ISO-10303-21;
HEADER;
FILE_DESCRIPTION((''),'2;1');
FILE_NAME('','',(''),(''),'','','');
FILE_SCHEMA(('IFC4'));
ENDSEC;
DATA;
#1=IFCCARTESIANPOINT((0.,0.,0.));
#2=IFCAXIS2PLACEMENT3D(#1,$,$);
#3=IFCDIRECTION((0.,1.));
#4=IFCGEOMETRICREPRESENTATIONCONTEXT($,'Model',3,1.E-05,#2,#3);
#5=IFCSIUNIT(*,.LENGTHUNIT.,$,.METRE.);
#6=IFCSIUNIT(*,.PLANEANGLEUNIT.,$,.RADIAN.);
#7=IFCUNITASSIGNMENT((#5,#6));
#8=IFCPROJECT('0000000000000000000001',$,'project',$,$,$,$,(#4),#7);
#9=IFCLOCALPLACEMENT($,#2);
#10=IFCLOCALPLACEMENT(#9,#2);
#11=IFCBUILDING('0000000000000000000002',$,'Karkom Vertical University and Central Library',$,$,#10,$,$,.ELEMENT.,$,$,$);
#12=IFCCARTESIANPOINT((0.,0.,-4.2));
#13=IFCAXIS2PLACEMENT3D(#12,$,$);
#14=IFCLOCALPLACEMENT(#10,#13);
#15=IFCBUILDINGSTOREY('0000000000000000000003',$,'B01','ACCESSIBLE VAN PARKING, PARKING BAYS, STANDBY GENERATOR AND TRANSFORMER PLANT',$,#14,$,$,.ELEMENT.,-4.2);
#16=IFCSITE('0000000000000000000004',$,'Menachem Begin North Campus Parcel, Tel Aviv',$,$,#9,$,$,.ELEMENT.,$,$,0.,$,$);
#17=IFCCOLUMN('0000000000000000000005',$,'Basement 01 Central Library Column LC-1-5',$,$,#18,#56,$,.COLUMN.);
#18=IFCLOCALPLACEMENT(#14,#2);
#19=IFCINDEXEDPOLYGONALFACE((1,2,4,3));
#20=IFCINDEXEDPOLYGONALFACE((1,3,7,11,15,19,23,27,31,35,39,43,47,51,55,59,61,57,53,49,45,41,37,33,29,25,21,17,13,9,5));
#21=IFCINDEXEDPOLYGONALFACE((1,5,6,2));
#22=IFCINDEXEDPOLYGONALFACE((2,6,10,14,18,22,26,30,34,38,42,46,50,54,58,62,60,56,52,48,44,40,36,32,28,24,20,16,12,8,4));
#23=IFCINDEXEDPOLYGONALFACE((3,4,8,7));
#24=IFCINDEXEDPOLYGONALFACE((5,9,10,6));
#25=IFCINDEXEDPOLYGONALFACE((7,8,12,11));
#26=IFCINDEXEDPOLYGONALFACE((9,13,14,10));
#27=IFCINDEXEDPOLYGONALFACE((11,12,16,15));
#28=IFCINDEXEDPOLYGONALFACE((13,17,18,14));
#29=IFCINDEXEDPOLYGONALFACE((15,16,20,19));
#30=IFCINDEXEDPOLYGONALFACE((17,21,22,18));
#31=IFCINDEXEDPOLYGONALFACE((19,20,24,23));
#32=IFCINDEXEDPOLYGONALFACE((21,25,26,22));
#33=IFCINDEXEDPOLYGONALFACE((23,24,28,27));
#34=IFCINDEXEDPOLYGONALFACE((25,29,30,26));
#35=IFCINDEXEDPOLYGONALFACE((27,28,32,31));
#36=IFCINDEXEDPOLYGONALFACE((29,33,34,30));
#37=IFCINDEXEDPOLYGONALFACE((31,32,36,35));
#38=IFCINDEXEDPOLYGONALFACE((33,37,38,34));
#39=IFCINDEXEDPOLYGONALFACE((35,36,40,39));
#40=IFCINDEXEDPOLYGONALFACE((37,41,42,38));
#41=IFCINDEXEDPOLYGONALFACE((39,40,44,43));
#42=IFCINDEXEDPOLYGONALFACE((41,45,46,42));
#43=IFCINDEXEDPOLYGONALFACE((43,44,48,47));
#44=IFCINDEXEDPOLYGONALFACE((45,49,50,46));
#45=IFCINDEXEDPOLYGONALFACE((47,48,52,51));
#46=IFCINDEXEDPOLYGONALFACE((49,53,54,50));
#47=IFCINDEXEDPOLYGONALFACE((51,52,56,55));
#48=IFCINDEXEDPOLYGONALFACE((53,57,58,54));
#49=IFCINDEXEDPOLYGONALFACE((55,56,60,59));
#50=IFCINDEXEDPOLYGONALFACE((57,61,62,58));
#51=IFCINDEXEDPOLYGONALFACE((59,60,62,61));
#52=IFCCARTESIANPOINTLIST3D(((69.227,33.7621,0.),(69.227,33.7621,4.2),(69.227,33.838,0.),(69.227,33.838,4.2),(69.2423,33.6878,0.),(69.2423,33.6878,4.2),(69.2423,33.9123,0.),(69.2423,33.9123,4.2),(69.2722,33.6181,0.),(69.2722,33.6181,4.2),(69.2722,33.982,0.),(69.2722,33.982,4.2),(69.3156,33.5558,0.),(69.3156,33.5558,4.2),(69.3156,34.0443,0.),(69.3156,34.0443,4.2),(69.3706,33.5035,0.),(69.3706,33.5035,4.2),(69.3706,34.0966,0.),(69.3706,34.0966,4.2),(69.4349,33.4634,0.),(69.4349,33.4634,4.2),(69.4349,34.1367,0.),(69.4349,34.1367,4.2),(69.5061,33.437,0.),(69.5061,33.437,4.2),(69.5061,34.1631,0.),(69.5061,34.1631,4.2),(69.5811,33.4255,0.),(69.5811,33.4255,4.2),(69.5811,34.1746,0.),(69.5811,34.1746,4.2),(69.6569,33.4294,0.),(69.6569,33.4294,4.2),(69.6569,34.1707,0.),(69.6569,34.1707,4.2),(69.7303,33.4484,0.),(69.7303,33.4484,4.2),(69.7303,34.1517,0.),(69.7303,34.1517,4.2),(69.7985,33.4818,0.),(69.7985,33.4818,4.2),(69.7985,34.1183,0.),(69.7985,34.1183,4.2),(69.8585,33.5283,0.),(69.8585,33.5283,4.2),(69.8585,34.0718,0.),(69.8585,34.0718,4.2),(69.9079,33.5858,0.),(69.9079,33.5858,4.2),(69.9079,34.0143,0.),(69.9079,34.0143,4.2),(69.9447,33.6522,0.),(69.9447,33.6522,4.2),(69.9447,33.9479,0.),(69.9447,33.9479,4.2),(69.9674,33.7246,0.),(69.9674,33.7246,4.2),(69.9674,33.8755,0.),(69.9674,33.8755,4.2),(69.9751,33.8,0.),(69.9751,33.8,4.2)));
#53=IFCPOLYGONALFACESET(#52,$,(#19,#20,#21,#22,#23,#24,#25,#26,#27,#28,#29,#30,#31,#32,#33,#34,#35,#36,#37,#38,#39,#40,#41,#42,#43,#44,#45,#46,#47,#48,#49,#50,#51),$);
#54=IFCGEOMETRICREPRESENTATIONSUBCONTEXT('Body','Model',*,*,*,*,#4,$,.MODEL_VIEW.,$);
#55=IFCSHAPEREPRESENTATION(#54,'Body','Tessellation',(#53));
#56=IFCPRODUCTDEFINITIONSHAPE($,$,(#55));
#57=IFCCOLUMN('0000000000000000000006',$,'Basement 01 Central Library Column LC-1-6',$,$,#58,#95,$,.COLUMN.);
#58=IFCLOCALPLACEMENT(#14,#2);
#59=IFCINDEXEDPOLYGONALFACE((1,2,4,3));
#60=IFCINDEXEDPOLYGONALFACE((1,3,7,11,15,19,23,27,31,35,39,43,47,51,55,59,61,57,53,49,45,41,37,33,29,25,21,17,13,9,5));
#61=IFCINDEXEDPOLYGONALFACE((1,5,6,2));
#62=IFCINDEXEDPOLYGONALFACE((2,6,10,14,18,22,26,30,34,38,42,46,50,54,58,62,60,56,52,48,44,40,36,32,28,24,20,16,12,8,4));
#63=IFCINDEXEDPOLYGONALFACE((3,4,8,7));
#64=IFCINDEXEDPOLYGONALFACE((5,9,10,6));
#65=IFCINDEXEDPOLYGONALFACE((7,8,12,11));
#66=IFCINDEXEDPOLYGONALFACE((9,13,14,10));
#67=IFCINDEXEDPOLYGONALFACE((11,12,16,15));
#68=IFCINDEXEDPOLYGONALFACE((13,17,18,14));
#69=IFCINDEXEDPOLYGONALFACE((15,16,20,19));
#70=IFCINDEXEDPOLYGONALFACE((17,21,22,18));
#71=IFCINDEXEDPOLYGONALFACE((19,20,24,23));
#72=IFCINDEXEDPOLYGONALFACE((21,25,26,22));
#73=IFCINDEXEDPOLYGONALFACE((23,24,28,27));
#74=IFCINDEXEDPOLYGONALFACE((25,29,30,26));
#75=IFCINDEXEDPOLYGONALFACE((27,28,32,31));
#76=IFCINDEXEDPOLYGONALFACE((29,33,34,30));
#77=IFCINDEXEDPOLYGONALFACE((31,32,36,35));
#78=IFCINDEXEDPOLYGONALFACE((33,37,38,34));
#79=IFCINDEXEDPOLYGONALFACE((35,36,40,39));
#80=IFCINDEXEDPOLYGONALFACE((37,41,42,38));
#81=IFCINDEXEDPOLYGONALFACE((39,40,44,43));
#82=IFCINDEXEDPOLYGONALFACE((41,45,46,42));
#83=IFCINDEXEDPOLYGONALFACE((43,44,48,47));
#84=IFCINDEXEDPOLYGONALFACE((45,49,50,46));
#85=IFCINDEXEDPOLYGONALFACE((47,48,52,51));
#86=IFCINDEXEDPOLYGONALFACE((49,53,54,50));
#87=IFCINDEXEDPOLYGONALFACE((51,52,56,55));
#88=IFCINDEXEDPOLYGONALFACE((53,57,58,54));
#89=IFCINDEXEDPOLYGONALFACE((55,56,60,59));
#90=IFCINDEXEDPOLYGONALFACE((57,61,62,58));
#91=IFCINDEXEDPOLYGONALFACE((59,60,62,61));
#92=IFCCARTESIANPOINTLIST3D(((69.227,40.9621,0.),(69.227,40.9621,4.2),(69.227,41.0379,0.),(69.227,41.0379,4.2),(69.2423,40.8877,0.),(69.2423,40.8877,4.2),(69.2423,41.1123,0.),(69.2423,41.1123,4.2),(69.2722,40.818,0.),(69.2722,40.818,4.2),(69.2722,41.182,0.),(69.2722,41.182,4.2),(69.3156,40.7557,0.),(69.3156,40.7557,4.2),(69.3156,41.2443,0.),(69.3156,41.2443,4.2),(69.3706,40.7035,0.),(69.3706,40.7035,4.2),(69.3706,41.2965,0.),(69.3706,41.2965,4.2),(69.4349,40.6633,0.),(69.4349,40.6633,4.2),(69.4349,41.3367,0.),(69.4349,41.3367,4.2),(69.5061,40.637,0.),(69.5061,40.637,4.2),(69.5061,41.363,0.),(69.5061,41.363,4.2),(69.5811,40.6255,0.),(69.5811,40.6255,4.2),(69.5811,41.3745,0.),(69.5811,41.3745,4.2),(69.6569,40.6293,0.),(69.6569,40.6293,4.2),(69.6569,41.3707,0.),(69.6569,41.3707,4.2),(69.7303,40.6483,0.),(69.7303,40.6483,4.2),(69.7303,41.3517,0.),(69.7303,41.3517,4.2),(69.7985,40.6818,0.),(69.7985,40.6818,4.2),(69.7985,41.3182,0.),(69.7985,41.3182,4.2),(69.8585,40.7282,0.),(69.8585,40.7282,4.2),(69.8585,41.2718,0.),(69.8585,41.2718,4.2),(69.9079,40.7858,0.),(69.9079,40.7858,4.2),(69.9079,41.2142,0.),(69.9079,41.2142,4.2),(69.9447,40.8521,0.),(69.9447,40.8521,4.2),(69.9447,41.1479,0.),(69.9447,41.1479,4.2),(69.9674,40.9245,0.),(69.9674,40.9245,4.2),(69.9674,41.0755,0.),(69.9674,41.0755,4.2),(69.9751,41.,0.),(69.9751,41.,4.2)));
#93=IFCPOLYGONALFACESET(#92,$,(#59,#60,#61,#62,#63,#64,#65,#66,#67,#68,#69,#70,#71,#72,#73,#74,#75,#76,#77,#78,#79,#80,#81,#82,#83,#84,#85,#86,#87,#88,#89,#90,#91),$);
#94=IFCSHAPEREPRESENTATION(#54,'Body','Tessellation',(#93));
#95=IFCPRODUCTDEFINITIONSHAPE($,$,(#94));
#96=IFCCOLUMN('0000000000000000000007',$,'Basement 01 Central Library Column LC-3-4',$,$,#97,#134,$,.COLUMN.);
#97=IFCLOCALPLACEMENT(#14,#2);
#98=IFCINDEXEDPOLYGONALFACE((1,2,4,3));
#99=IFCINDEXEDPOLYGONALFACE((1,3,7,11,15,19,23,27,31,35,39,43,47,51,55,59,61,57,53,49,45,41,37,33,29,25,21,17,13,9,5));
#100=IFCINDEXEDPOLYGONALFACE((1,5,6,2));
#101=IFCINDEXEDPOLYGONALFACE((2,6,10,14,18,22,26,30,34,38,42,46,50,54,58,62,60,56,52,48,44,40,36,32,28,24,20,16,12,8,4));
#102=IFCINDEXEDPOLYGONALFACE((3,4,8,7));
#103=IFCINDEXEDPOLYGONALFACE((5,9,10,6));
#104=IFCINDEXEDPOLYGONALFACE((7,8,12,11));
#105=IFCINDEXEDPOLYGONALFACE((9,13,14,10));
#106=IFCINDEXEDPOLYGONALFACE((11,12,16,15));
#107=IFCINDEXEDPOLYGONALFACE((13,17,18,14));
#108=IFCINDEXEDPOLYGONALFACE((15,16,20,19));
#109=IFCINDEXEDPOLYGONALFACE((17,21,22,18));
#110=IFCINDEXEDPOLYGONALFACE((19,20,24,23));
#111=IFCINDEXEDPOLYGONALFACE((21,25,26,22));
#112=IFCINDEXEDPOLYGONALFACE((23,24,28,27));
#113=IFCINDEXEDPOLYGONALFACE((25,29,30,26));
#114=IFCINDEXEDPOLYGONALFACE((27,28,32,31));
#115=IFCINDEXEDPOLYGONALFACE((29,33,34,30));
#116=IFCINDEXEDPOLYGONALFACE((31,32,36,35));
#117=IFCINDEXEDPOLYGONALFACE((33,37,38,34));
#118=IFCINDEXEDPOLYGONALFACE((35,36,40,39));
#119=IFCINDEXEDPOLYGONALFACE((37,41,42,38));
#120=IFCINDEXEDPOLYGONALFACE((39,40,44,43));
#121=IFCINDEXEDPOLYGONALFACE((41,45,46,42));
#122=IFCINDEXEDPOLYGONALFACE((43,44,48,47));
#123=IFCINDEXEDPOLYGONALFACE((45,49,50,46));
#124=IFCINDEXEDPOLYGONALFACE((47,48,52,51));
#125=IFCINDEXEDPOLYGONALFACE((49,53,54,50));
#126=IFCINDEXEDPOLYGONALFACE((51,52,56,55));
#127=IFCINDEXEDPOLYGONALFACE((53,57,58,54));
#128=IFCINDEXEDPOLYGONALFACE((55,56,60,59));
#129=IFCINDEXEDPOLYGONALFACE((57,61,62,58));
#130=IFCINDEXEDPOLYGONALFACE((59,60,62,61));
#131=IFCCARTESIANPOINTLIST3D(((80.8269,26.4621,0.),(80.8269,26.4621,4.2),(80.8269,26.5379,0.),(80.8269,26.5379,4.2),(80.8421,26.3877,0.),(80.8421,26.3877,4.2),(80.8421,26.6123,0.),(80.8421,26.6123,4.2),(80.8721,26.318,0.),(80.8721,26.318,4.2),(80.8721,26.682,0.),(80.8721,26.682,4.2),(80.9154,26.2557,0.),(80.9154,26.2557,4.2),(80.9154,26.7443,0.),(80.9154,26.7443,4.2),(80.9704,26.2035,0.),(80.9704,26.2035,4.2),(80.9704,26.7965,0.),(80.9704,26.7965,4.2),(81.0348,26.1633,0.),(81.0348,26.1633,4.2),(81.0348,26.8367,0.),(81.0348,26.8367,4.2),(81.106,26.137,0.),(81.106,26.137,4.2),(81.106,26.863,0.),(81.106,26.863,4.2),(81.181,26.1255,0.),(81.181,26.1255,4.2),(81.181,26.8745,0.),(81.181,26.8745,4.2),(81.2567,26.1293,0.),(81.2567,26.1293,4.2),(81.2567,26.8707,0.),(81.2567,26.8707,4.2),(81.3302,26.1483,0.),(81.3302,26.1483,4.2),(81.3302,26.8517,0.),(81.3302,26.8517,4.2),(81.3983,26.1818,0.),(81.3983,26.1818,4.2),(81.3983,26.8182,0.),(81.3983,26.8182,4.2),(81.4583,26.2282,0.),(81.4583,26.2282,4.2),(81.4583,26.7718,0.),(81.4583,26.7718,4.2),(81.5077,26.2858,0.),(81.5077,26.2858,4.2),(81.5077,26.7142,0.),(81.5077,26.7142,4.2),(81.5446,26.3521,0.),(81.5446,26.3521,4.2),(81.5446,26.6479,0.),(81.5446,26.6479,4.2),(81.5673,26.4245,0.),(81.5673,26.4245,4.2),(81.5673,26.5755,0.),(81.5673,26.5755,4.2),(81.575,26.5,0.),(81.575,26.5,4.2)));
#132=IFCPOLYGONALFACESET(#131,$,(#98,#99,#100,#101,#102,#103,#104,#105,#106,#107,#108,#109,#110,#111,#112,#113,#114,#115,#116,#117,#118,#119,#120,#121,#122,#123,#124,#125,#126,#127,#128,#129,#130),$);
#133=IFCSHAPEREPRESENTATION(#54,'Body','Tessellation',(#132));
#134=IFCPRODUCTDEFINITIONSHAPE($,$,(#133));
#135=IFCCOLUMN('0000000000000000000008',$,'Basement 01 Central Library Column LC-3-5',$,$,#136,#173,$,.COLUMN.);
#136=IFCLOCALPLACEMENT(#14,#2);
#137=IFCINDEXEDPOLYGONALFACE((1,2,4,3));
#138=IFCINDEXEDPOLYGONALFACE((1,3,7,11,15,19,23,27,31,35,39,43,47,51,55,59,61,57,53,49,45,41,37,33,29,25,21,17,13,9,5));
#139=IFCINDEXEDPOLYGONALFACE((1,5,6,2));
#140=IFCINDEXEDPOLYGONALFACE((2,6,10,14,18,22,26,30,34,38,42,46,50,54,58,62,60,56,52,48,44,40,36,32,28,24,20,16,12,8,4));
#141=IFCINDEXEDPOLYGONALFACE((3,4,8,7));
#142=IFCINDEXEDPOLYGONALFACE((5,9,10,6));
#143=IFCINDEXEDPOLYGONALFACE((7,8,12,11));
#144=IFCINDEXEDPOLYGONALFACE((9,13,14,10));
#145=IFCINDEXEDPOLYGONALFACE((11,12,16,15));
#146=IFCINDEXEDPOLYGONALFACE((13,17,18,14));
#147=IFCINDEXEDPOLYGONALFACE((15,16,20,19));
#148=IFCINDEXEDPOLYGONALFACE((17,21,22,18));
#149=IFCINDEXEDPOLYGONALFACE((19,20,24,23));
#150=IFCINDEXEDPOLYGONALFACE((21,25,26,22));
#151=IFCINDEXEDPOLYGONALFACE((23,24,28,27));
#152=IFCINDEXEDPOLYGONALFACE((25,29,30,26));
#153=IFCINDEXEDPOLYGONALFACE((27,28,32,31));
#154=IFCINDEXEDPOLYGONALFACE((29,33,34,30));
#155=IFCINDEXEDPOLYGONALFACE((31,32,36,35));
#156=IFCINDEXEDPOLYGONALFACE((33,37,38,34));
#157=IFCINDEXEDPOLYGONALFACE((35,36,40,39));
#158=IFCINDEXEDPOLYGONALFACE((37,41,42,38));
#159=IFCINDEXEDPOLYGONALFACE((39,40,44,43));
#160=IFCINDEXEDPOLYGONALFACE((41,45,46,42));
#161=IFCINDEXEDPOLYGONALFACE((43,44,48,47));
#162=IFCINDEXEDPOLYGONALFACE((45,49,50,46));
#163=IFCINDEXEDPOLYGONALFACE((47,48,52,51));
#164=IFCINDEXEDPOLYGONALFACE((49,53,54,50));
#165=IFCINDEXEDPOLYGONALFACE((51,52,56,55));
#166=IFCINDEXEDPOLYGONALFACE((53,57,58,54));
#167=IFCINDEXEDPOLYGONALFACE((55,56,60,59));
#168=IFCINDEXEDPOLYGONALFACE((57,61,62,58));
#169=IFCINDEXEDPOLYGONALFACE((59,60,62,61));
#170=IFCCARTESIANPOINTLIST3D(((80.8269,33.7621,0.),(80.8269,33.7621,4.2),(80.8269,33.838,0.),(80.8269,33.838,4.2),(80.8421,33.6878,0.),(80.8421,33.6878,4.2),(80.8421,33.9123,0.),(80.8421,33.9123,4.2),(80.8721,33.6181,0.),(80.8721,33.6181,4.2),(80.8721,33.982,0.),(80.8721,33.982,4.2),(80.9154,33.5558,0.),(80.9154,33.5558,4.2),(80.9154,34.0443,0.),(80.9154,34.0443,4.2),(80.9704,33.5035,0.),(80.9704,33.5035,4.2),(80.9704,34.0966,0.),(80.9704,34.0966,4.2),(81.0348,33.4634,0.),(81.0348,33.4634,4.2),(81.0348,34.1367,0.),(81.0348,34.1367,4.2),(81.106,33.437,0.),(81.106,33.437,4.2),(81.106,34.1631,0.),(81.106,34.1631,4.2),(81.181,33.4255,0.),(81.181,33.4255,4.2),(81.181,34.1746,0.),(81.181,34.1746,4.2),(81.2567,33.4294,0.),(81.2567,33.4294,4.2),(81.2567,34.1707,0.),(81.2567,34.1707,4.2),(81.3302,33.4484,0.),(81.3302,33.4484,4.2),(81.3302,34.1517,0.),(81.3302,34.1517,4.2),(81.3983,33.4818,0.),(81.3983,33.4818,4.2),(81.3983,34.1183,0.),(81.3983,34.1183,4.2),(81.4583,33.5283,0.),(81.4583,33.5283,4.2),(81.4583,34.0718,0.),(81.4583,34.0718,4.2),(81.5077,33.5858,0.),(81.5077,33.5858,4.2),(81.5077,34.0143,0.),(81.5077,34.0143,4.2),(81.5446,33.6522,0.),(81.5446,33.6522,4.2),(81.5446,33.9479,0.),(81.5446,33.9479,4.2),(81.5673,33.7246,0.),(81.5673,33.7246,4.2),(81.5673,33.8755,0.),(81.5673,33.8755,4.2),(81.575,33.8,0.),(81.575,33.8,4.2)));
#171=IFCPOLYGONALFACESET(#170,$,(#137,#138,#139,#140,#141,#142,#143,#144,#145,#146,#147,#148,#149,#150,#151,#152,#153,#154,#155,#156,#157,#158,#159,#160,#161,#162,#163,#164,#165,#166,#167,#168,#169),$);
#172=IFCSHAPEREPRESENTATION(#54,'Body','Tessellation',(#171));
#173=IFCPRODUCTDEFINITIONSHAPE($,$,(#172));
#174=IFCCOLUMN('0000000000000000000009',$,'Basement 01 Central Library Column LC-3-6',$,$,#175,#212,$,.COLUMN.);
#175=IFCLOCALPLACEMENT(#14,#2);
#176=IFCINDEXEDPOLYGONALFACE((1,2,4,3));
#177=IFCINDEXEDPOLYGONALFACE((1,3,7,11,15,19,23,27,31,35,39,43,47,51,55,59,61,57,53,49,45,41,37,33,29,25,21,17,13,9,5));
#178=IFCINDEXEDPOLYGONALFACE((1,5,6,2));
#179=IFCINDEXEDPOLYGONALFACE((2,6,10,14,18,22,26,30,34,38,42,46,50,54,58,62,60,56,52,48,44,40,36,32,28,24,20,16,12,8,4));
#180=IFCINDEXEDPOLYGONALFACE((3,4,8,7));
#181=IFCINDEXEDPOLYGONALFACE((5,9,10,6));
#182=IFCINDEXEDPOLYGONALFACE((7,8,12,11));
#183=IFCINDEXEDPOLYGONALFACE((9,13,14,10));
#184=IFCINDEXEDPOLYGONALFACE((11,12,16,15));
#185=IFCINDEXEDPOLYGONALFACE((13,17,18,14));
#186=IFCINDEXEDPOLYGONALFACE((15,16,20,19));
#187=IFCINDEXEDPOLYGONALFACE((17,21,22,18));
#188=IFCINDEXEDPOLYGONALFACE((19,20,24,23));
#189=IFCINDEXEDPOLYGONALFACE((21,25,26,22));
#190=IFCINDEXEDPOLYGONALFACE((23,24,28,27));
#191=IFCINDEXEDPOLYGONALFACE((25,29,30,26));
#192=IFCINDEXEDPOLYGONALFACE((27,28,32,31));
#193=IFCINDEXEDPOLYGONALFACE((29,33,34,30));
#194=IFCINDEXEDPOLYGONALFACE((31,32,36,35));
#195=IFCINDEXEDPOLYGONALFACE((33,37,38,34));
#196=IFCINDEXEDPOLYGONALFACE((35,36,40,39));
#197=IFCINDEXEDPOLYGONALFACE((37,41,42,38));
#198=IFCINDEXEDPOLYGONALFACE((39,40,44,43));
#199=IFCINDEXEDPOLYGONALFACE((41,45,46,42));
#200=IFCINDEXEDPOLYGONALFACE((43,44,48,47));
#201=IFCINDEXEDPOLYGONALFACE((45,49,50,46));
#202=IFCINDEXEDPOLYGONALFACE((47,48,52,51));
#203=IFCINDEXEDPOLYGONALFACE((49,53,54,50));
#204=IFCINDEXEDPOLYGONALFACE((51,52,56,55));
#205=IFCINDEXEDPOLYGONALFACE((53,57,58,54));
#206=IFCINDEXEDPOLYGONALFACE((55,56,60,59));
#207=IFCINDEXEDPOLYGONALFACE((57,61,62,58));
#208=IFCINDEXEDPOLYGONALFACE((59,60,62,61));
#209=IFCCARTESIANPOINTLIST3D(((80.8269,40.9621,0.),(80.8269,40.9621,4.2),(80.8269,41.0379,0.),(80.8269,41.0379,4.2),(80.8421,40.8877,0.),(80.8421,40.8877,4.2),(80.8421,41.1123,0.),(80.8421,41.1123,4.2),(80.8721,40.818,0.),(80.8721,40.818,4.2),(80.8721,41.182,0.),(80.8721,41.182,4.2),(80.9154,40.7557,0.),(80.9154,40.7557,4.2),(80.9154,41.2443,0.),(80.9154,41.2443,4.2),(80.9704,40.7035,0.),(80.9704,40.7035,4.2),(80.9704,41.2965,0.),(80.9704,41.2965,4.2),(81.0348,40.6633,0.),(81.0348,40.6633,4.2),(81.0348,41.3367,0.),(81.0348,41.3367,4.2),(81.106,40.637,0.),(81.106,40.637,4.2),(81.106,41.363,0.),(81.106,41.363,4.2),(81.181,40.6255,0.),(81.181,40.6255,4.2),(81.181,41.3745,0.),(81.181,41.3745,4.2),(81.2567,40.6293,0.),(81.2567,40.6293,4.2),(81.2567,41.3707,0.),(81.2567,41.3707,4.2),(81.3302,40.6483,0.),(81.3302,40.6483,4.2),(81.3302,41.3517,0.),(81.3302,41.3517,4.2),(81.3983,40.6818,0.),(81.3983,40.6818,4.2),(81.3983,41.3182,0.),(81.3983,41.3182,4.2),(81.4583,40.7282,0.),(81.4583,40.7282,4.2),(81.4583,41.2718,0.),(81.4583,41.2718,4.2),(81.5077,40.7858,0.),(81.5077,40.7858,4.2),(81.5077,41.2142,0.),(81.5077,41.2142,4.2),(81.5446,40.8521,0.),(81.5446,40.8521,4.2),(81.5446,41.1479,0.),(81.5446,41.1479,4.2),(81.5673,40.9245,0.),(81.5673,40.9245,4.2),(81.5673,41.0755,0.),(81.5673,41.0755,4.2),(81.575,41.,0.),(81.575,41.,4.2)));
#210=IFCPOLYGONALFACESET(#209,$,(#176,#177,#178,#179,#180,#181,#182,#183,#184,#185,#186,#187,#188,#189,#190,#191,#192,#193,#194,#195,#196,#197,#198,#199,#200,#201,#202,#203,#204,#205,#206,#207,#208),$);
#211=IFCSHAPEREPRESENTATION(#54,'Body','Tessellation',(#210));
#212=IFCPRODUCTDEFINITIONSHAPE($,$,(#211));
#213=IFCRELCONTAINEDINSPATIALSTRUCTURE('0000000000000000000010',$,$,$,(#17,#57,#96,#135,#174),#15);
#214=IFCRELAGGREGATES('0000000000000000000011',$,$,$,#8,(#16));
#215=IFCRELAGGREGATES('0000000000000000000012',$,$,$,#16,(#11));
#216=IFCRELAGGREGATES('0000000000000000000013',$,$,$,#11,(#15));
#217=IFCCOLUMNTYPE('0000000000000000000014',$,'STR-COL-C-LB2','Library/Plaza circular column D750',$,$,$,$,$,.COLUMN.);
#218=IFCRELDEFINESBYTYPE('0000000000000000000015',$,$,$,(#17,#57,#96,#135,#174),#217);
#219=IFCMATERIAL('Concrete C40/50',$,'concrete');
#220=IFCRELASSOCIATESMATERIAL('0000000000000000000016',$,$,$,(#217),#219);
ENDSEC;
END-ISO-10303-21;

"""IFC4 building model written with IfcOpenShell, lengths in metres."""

from ifc_helpers import new_model, si_unit, direction, frame, origin, origin_with_axes, origin_2d, place, context, subcontext, project, spatial, circle, extrude, source, transform, mapped, material, material_profile, profile_set, type_object, element, save


model = new_model("IFC4")

# Units and contexts
model_context = context("Model", 3, precision=1e-05, world=origin(), true_north=direction((0.0, 1.0)))
body_context = subcontext(model_context, "Body", "Model", "MODEL_VIEW")
ifc_project = project(units=[si_unit("LENGTHUNIT", "METRE"), si_unit("PLANEANGLEUNIT", "RADIAN")], contexts=[model_context])

# Site, building, storey
site_placement = place(None, origin())
site = spatial("IfcSite", under=ifc_project, at=site_placement, Name="Menachem Begin North Campus Parcel, Tel Aviv", CompositionType="ELEMENT", RefElevation=0.0)
building_placement = place(site_placement, origin())
building = spatial("IfcBuilding", under=site, at=building_placement, Name="Karkom Vertical University and Central Library", CompositionType="ELEMENT")
storey_placement = place(building_placement, frame((0.0, 0.0, -4.2)))
storey = spatial("IfcBuildingStorey", under=building, at=storey_placement, Name="B01", Description="ACCESSIBLE VAN PARKING, PARKING BAYS, STANDBY GENERATOR AND TRANSFORMER PLANT", CompositionType="ELEMENT", Elevation=-4.2)

# Columns
ifc_material_1 = material(Name="Concrete C40/50", Category="concrete")
ifc_material_profile_1 = material_profile(ifc_material_1, circle(Radius=0.375, at=origin_2d()), Name="RC-D750")
ifc_profile_set_1 = profile_set([ifc_material_profile_1], Name="Concrete C40/50")
column_type_1 = type_object("IfcColumnType", Name="STR-COL-C-LB2", Description="Library/Plaza circular column D750", PredefinedType="COLUMN", material=ifc_profile_set_1)
shared_shape_1 = source(origin_with_axes(), body_context, "Body", "SweptSolid", [
    extrude(circle(Radius=0.375, at=origin_2d()), origin(), (0.0, 0.0, 1.0), 4.2),
])
for number, where, z_axis, x_axis, name in (
    (1, (69.6001, 33.8, 0.0), (0.0, 0.0, 1.0), (1.0, 0.0, 0.0), "Basement 01 Central Library Column LC-1-5"),
    (2, (69.6001, 41.0, 0.0), (0.0, 0.0, 1.0), (1.0, 0.0, 0.0), "Basement 01 Central Library Column LC-1-6"),
    (3, (81.2, 26.5, 0.0), (0.0, 0.0, 1.0), (1.0, 0.0, 0.0), "Basement 01 Central Library Column LC-3-4"),
    (4, (81.2, 33.8, 0.0), (0.0, 0.0, 1.0), (1.0, 0.0, 0.0), "Basement 01 Central Library Column LC-3-5"),
    (5, (81.2, 41.0, 0.0), (0.0, 0.0, 1.0), (1.0, 0.0, 0.0), "Basement 01 Central Library Column LC-3-6"),
):
    element("IfcColumn", number, at=place(storey_placement, frame(where, z_axis=z_axis, x_axis=x_axis)), inside=storey, type_object=column_type_1, Name=name, PredefinedType="COLUMN", context=body_context, shape_type="MappedRepresentation", body=[
        mapped(shared_shape_1, transform((0.0, 0.0, 0.0), scale=1.0)),
    ])

save(model, "model.ifc")
